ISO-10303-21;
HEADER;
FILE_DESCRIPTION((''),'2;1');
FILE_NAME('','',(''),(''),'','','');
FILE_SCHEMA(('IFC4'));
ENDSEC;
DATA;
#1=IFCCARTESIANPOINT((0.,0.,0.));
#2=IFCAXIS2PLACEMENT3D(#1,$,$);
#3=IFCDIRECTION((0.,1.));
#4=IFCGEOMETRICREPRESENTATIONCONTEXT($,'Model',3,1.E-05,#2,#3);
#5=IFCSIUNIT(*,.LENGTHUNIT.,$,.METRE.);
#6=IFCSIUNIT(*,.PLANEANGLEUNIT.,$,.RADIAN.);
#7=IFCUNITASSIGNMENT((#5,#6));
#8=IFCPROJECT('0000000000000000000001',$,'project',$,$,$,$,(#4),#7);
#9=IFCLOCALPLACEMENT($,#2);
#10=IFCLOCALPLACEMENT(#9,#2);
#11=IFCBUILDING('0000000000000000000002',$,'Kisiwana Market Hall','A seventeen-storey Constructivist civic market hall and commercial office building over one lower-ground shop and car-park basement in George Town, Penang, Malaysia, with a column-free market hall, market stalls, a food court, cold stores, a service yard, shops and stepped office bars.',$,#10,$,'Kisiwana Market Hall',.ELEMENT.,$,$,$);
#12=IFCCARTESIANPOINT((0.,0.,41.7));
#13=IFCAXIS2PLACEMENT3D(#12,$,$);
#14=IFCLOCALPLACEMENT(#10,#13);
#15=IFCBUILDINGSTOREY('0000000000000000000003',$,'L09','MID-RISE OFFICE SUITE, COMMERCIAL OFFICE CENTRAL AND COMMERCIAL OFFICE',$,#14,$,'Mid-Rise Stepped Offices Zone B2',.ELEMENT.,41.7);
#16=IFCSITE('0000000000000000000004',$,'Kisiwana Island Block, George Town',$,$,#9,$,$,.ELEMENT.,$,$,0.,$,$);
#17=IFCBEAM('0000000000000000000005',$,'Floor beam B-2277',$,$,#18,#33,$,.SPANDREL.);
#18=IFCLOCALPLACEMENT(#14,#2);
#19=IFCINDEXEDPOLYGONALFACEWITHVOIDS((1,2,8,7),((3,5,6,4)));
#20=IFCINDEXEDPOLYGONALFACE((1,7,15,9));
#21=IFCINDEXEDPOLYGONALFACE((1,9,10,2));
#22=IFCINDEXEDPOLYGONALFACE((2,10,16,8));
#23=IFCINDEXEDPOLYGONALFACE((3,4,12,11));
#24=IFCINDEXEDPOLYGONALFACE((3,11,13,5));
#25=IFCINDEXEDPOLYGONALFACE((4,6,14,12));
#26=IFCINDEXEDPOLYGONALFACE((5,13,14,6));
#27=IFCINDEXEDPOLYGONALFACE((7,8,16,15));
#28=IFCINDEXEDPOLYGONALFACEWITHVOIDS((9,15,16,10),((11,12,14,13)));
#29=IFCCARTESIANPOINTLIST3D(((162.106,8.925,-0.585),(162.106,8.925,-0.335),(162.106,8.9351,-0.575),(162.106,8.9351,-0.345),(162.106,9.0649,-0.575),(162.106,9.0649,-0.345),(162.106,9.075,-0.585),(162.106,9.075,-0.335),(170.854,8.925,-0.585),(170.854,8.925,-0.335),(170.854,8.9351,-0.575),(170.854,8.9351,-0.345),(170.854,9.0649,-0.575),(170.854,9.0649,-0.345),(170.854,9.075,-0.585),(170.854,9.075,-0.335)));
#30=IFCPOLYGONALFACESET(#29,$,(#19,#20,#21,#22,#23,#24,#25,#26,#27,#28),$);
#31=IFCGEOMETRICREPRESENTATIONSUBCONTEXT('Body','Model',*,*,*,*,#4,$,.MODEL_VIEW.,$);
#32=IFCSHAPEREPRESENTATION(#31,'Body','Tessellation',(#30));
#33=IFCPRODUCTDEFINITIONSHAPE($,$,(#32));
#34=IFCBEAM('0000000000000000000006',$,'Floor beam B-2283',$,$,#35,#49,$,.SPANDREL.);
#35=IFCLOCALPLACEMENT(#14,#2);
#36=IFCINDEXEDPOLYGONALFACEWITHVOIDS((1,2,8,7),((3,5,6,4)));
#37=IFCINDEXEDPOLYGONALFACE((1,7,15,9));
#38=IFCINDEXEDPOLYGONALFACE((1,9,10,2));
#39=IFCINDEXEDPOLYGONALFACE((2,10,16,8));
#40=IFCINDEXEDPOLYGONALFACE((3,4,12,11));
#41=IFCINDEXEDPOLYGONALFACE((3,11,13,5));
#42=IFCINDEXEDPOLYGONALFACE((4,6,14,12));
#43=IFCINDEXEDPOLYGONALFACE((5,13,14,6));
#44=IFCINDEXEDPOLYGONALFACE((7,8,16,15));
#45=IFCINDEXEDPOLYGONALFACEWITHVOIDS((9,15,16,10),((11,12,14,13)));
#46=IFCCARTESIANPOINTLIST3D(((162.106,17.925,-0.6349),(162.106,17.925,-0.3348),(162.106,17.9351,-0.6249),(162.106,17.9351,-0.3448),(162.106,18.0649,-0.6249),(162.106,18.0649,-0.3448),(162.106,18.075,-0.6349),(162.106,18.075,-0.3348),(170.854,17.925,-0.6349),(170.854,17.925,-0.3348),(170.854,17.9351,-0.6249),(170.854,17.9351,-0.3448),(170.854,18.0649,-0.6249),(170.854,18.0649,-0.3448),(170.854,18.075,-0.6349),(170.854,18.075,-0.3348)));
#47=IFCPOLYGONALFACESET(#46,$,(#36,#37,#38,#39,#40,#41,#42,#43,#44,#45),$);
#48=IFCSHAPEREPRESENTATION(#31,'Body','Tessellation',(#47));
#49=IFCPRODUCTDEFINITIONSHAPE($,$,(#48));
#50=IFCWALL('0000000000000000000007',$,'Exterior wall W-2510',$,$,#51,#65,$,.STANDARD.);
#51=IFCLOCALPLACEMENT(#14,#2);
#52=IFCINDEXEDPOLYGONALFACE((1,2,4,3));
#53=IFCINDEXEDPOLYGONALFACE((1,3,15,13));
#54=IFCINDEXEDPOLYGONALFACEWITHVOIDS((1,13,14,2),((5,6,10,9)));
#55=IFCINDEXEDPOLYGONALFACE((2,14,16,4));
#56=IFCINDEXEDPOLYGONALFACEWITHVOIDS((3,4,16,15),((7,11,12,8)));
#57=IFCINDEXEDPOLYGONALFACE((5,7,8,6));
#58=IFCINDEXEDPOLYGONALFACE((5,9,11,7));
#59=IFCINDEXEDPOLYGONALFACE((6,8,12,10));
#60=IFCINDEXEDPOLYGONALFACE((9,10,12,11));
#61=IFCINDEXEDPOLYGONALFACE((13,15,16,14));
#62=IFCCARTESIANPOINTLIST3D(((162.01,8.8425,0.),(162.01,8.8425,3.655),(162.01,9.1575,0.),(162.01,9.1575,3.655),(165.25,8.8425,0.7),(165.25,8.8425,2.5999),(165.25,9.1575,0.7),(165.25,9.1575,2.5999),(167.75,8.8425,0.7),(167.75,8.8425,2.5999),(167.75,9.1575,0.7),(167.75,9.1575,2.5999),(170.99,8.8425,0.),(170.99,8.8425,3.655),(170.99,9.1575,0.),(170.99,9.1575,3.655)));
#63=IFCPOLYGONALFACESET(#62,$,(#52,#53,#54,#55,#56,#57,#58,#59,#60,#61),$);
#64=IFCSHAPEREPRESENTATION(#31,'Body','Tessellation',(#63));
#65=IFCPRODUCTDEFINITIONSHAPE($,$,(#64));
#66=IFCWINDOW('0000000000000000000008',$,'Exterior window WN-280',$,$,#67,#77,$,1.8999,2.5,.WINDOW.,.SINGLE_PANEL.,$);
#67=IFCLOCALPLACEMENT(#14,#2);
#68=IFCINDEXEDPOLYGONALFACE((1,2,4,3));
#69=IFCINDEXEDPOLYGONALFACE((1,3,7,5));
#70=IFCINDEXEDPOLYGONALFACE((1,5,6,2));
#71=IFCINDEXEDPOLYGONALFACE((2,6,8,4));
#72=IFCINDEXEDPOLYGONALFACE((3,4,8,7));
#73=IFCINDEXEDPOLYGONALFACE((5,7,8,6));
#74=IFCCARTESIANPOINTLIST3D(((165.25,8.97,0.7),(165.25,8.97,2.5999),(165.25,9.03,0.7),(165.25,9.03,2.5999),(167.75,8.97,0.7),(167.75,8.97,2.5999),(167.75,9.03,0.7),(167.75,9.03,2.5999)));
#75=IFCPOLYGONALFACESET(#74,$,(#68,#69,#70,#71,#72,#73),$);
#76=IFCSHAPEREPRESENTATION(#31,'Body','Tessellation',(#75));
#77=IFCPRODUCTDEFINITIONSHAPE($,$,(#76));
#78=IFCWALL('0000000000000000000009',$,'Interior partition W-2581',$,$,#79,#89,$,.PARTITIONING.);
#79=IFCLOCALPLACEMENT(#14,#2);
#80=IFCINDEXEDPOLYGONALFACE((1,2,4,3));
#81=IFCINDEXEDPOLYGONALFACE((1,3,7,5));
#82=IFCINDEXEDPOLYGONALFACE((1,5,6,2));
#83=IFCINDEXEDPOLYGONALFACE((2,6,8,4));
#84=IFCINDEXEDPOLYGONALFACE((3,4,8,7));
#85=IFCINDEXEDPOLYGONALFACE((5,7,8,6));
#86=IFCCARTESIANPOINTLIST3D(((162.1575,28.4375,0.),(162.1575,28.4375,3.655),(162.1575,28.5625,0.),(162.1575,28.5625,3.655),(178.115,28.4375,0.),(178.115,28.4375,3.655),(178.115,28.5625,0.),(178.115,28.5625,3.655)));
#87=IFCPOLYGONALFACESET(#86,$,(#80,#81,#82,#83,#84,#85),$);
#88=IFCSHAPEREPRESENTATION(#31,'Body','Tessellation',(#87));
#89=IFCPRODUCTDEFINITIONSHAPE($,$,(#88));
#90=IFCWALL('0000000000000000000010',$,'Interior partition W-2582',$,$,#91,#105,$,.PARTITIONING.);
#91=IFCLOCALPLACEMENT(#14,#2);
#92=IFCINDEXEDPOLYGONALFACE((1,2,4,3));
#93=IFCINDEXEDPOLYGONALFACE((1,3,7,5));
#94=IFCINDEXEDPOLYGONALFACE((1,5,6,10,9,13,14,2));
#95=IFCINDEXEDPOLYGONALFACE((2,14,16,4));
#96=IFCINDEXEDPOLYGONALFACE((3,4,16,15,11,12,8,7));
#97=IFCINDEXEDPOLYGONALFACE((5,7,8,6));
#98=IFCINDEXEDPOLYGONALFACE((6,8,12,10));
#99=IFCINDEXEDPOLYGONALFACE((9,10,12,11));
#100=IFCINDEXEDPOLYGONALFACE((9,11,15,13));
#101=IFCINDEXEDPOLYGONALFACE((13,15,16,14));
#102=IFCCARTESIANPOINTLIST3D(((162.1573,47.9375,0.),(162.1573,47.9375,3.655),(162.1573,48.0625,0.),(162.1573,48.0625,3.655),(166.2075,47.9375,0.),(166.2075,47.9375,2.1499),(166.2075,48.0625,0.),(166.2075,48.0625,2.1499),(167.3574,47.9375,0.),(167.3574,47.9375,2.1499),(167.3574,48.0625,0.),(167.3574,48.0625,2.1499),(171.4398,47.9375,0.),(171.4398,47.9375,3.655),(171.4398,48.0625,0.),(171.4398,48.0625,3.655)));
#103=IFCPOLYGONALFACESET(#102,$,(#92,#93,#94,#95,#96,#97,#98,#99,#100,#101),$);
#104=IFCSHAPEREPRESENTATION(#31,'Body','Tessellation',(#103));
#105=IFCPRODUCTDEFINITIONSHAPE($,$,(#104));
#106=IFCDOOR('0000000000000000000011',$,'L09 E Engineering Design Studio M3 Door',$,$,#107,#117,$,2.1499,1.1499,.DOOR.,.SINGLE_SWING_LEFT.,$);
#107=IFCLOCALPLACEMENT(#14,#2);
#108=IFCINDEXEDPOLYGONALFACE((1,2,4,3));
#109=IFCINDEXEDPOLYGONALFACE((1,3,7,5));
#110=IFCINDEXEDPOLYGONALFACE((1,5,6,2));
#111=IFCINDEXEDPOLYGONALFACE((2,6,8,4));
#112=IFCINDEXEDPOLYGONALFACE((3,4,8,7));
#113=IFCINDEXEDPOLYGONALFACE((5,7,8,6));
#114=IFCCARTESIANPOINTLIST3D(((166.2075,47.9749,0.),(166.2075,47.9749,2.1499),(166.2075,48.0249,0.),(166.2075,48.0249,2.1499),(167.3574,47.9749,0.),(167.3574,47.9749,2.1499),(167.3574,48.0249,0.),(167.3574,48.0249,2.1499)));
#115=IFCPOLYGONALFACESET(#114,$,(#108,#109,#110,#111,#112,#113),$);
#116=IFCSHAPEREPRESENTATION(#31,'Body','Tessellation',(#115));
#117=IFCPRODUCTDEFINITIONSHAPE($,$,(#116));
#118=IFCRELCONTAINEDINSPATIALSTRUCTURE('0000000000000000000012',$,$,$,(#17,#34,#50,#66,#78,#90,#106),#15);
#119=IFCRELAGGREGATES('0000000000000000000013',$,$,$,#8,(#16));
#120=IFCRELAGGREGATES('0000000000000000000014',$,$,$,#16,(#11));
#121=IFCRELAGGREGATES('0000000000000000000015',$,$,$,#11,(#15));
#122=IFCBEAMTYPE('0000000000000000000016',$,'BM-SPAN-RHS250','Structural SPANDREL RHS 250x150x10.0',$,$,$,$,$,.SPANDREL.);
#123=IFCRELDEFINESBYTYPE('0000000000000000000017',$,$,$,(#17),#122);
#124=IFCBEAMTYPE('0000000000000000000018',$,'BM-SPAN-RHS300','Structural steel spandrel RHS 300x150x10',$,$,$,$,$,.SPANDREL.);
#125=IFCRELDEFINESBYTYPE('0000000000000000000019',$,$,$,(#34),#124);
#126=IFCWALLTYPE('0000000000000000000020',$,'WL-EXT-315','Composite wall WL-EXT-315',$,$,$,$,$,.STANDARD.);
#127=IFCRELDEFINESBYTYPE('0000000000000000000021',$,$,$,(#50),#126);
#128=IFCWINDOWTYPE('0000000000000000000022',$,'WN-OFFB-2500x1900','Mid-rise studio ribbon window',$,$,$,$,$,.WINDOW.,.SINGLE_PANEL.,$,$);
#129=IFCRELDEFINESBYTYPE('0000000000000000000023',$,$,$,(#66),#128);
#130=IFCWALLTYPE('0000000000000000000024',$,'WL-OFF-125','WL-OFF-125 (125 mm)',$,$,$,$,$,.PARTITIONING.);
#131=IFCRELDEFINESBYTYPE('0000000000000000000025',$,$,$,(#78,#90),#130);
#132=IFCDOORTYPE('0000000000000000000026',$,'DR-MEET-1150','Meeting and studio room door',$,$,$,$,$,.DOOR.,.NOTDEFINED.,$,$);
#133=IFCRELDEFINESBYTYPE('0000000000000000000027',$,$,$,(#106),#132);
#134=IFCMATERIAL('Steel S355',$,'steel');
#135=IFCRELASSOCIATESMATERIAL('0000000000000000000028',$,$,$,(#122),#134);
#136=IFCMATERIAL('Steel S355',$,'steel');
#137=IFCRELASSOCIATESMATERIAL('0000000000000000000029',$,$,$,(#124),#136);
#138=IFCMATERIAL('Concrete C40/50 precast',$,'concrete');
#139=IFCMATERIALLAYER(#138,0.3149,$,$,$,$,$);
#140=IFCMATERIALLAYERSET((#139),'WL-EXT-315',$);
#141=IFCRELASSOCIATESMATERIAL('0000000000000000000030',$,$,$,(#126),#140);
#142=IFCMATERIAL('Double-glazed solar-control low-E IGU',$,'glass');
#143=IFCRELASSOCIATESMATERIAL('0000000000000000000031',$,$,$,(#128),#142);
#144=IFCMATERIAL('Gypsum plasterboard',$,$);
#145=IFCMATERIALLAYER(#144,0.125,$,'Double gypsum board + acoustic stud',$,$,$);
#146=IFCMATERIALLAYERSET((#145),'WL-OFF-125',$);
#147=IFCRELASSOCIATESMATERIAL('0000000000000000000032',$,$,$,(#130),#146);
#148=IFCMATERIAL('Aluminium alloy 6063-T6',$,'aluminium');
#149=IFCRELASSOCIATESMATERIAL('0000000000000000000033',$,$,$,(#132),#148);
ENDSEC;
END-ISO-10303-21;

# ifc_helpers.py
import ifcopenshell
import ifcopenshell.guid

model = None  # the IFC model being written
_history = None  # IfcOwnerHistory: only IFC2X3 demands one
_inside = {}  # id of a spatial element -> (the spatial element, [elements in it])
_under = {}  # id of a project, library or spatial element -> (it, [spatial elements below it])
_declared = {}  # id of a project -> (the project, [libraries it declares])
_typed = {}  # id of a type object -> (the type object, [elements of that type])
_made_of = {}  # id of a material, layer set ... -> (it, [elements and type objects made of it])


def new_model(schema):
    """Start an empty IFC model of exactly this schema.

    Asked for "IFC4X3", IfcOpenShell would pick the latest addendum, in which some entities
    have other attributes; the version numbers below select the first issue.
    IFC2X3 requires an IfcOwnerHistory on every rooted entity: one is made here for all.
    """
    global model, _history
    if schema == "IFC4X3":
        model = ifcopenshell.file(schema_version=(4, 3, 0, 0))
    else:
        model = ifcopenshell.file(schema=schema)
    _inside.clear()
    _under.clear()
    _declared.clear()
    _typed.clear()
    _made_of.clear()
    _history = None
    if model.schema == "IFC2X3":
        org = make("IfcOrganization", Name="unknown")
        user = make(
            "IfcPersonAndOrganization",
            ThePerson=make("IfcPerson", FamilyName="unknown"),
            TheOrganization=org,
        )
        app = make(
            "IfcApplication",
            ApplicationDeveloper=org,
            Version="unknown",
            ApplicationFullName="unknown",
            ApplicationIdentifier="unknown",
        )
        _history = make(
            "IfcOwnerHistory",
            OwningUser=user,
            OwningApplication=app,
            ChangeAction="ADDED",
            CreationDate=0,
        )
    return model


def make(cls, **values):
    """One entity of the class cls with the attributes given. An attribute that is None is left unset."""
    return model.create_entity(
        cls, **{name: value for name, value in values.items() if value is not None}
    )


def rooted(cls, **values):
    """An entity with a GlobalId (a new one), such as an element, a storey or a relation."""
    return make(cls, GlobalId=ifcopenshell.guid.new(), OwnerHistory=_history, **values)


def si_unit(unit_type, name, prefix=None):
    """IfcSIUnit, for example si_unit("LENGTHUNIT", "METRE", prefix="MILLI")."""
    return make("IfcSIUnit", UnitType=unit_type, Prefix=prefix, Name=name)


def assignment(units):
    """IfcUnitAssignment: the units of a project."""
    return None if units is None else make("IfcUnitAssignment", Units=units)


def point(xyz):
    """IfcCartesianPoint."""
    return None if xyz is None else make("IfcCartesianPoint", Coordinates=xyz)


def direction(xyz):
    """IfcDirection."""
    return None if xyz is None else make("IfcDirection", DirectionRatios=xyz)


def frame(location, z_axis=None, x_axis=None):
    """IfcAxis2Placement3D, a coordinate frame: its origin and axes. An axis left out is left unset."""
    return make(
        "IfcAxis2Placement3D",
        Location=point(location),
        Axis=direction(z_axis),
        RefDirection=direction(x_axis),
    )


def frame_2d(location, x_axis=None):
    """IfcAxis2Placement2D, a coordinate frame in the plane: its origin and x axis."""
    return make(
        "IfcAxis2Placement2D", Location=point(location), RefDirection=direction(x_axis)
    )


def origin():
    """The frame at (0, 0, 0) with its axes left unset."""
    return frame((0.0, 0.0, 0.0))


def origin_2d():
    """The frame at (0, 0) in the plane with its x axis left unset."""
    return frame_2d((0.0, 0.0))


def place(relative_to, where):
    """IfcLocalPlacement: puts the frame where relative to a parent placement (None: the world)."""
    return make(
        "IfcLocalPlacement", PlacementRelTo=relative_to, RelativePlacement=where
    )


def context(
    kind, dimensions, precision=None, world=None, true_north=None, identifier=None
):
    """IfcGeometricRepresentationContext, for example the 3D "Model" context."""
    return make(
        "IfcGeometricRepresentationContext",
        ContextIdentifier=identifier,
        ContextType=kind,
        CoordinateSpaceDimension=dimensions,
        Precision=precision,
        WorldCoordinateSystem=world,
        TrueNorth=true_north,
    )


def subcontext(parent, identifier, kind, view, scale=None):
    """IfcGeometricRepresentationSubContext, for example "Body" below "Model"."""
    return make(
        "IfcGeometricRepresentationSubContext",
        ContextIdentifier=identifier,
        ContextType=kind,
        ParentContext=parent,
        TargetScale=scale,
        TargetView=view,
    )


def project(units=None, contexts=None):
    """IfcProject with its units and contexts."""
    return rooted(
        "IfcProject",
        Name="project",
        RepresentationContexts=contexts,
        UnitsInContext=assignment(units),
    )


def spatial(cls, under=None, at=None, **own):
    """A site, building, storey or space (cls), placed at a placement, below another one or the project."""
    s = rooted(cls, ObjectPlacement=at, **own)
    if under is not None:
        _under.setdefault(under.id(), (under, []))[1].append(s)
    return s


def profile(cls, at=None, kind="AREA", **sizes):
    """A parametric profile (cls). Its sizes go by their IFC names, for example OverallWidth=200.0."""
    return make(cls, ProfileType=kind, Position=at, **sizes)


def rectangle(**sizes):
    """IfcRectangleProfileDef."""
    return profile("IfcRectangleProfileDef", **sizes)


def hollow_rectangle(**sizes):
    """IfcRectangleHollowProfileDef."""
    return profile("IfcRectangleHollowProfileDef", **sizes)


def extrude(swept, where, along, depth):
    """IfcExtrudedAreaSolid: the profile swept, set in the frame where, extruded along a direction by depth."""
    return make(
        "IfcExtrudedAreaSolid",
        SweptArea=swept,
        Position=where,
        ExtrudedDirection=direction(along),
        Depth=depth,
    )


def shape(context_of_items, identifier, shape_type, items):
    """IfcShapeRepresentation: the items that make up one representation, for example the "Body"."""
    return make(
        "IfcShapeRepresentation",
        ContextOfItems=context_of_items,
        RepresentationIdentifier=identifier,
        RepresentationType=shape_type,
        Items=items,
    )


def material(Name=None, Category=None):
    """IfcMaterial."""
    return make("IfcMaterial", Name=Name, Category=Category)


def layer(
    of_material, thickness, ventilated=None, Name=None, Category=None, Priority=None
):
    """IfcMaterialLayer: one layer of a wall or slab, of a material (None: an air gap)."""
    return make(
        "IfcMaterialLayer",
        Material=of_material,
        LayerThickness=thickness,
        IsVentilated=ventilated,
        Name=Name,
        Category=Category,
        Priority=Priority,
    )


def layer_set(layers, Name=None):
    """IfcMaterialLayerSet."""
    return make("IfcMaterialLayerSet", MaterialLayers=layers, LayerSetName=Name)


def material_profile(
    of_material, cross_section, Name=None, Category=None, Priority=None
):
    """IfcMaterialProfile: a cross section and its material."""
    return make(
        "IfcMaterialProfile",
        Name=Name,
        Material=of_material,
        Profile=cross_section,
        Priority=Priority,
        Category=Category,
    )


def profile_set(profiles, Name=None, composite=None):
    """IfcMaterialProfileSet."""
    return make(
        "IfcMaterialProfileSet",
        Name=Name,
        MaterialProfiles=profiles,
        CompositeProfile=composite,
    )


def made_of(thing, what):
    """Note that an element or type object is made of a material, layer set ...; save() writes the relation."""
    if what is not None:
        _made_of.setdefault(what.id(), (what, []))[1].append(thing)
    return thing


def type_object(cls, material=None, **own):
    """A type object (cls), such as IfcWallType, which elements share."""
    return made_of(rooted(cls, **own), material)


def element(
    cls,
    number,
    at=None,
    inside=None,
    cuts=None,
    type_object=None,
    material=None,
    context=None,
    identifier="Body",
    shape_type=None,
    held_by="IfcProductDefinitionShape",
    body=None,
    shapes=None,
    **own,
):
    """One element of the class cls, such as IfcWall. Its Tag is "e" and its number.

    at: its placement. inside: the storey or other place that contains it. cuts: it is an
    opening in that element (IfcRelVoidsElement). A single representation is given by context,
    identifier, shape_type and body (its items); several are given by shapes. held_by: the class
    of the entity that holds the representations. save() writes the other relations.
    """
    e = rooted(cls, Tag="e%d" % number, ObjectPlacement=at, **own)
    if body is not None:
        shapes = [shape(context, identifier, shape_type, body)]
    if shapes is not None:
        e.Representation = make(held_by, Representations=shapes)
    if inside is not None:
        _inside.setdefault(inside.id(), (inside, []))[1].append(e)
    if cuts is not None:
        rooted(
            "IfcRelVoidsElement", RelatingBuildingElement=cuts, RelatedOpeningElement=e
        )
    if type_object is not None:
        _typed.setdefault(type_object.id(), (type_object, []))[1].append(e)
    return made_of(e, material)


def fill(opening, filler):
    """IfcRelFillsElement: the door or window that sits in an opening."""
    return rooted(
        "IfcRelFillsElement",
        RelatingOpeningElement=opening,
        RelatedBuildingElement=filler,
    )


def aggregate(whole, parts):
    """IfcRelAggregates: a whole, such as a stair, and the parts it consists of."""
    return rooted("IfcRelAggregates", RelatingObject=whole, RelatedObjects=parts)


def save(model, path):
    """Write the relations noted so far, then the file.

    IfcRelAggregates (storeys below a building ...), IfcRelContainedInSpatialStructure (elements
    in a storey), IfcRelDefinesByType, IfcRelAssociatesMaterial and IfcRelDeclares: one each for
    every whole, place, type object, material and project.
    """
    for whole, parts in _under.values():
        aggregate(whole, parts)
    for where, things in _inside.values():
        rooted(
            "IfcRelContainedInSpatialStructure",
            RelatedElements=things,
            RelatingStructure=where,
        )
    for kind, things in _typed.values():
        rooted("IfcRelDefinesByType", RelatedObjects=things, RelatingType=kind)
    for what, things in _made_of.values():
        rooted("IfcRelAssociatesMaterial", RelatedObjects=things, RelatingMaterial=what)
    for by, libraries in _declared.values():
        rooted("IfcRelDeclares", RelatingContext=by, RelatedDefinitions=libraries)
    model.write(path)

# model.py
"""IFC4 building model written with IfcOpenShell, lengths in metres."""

from ifc_helpers import new_model, si_unit, direction, frame, frame_2d, origin, origin_2d, place, context, subcontext, project, spatial, rectangle, hollow_rectangle, extrude, material, layer, layer_set, material_profile, profile_set, type_object, element, fill, save


model = new_model("IFC4")

# Units and contexts
model_context = context("Model", 3, precision=1e-05, world=origin(), true_north=direction((0.0, 1.0)))
body_context = subcontext(model_context, "Body", "Model", "MODEL_VIEW")
ifc_project = project(units=[si_unit("LENGTHUNIT", "METRE"), si_unit("PLANEANGLEUNIT", "RADIAN")], contexts=[model_context])

# Site, building, storey
site_placement = place(None, origin())
site = spatial("IfcSite", under=ifc_project, at=site_placement, Name="Kisiwana Island Block, George Town", CompositionType="ELEMENT", RefElevation=0.0)
building_placement = place(site_placement, origin())
building = spatial("IfcBuilding", under=site, at=building_placement, Name="Kisiwana Market Hall", Description="A seventeen-storey Constructivist civic market hall and commercial office building over one lower-ground shop and car-park basement in George Town, Penang, Malaysia, with a column-free market hall, market stalls, a food court, cold stores, a service yard, shops and stepped office bars.", LongName="Kisiwana Market Hall", CompositionType="ELEMENT")
storey_placement = place(building_placement, frame((0.0, 0.0, 41.7)))
storey = spatial("IfcBuildingStorey", under=building, at=storey_placement, Name="L09", Description="MID-RISE OFFICE SUITE, COMMERCIAL OFFICE CENTRAL AND COMMERCIAL OFFICE", LongName="Mid-Rise Stepped Offices Zone B2", CompositionType="ELEMENT", Elevation=41.7)

# Beams
ifc_material_1 = material(Name="Steel S355", Category="steel")
ifc_material_profile_1 = material_profile(ifc_material_1, hollow_rectangle(XDim=0.1499, YDim=0.25, WallThickness=0.01, at=origin_2d()), Name="RHS 250x150x10.0")
ifc_profile_set_1 = profile_set([ifc_material_profile_1], Name="Steel S355")
beam_type_1 = type_object("IfcBeamType", Name="BM-SPAN-RHS250", Description="Structural SPANDREL RHS 250x150x10.0", PredefinedType="SPANDREL", material=ifc_profile_set_1)
beam_1_placement = place(storey_placement, frame((162.106, 9.0, -0.46), z_axis=(1.0, 0.0, 0.0), x_axis=(0.0, 1.0, 0.0)))
element("IfcBeam", 1, at=beam_1_placement, inside=storey, type_object=beam_type_1, Name="Floor beam B-2277", PredefinedType="SPANDREL", context=body_context, shape_type="SweptSolid", body=[
    extrude(hollow_rectangle(XDim=0.1499, YDim=0.25, WallThickness=0.01, at=origin_2d()), origin(), (0.0, 0.0, 1.0), 8.748),
])
ifc_material_2 = material(Name="Steel S355", Category="steel")
ifc_material_profile_2 = material_profile(ifc_material_2, hollow_rectangle(XDim=0.1499, YDim=0.3, WallThickness=0.01, at=origin_2d()), Name="RHS 300x150x10")
ifc_profile_set_2 = profile_set([ifc_material_profile_2], Name="Steel S355")
beam_type_2 = type_object("IfcBeamType", Name="BM-SPAN-RHS300", Description="Structural steel spandrel RHS 300x150x10", PredefinedType="SPANDREL", material=ifc_profile_set_2)
beam_2_placement = place(storey_placement, frame((162.106, 18.0, -0.4849), z_axis=(1.0, 0.0, 0.0), x_axis=(0.0, 1.0, 0.0)))
element("IfcBeam", 2, at=beam_2_placement, inside=storey, type_object=beam_type_2, Name="Floor beam B-2283", PredefinedType="SPANDREL", context=body_context, shape_type="SweptSolid", body=[
    extrude(hollow_rectangle(XDim=0.1499, YDim=0.3, WallThickness=0.01, at=origin_2d()), origin(), (0.0, 0.0, 1.0), 8.748),
])

# Wall, opening, window
ifc_material_3 = material(Name="Concrete C40/50 precast", Category="concrete")
ifc_layer_1 = layer(ifc_material_3, 0.3149)
ifc_layer_set_1 = layer_set([ifc_layer_1], Name="WL-EXT-315")
wall_type_1 = type_object("IfcWallType", Name="WL-EXT-315", Description="Composite wall WL-EXT-315", PredefinedType="STANDARD", material=ifc_layer_set_1)
wall_1_placement = place(storey_placement, frame((162.01, 9.0, 0.0), z_axis=(0.0, 0.0, 1.0), x_axis=(1.0, 0.0, 0.0)))
wall_1 = element("IfcWall", 3, at=wall_1_placement, inside=storey, type_object=wall_type_1, Name="Exterior wall W-2510", PredefinedType="STANDARD", context=body_context, shape_type="SweptSolid", body=[
    extrude(rectangle(XDim=8.98, YDim=0.3149, at=frame_2d((4.49, 0.0))), origin(), (0.0, 0.0, 1.0), 3.655),
])
opening_1_placement = place(wall_1_placement, frame((3.24, 0.0, 0.7)))
opening_1 = element("IfcOpeningElement", 4, at=opening_1_placement, cuts=wall_1, PredefinedType="OPENING", context=body_context, shape_type="SweptSolid", body=[
    extrude(rectangle(XDim=2.5, YDim=1.8999, at=frame_2d((1.25, 0.95))), frame((0.0, 0.1694, 0.0), z_axis=(0.0, -1.0, 0.0), x_axis=(1.0, 0.0, 0.0)), (0.0, 0.0, 1.0), 0.3389),
])
ifc_material_4 = material(Name="Double-glazed solar-control low-E IGU", Category="glass")
window_type = type_object("IfcWindowType", Name="WN-OFFB-2500x1900", Description="Mid-rise studio ribbon window", PartitioningType="SINGLE_PANEL", PredefinedType="WINDOW", material=ifc_material_4)
window_placement = place(opening_1_placement, origin())
window = element("IfcWindow", 5, at=window_placement, inside=storey, type_object=window_type, Name="Exterior window WN-280", OverallHeight=1.8999, OverallWidth=2.5, PartitioningType="SINGLE_PANEL", PredefinedType="WINDOW", context=body_context, shape_type="SweptSolid", body=[
    extrude(rectangle(XDim=2.5, YDim=1.8999, at=frame_2d((1.25, 0.95))), frame((0.0, 0.03, 0.0), z_axis=(0.0, -1.0, 0.0), x_axis=(1.0, 0.0, 0.0)), (0.0, 0.0, 1.0), 0.0601),
])
fill(opening_1, window)

# Wall
ifc_material_5 = material(Name="Gypsum plasterboard")
ifc_layer_2 = layer(ifc_material_5, 0.125, Name="Double gypsum board + acoustic stud")
ifc_layer_set_2 = layer_set([ifc_layer_2], Name="WL-OFF-125")
wall_type_2 = type_object("IfcWallType", Name="WL-OFF-125", Description="WL-OFF-125 (125 mm)", PredefinedType="PARTITIONING", material=ifc_layer_set_2)
wall_2_placement = place(storey_placement, frame((162.1575, 28.5, 0.0), z_axis=(0.0, 0.0, 1.0), x_axis=(1.0, 0.0, 0.0)))
element("IfcWall", 6, at=wall_2_placement, inside=storey, type_object=wall_type_2, Name="Interior partition W-2581", PredefinedType="PARTITIONING", context=body_context, shape_type="SweptSolid", body=[
    extrude(rectangle(XDim=15.9575, YDim=0.125, at=frame_2d((7.9788, 0.0))), origin(), (0.0, 0.0, 1.0), 3.655),
])

# Wall, opening, door
wall_3_placement = place(storey_placement, frame((162.1575, 48.0, 0.0), z_axis=(0.0, 0.0, 1.0), x_axis=(1.0, 0.0, 0.0)))
wall_3 = element("IfcWall", 7, at=wall_3_placement, inside=storey, type_object=wall_type_2, Name="Interior partition W-2582", PredefinedType="PARTITIONING", context=body_context, shape_type="SweptSolid", body=[
    extrude(rectangle(XDim=9.2825, YDim=0.125, at=frame_2d((4.6411, 0.0))), origin(), (0.0, 0.0, 1.0), 3.655),
])
opening_2_placement = place(wall_3_placement, frame((4.05, 0.0, 0.0)))
opening_2 = element("IfcOpeningElement", 8, at=opening_2_placement, cuts=wall_3, PredefinedType="OPENING", context=body_context, shape_type="SweptSolid", body=[
    extrude(rectangle(XDim=1.1499, YDim=2.1499, at=frame_2d((0.575, 1.075))), frame((0.0, 0.0745, 0.0), z_axis=(0.0, -1.0, 0.0), x_axis=(1.0, 0.0, 0.0)), (0.0, 0.0, 1.0), 0.1489),
])
ifc_material_6 = material(Name="Aluminium alloy 6063-T6", Category="aluminium")
door_type = type_object("IfcDoorType", Name="DR-MEET-1150", Description="Meeting and studio room door", OperationType="NOTDEFINED", PredefinedType="DOOR", material=ifc_material_6)
door_placement = place(opening_2_placement, origin())
door = element("IfcDoor", 9, at=door_placement, inside=storey, type_object=door_type, Name="L09 E Engineering Design Studio M3 Door", OperationType="SINGLE_SWING_LEFT", OverallHeight=2.1499, OverallWidth=1.1499, PredefinedType="DOOR", context=body_context, shape_type="SweptSolid", body=[
    extrude(rectangle(XDim=1.1499, YDim=2.1499, at=frame_2d((0.575, 1.075))), frame((0.0, 0.0249, 0.0), z_axis=(0.0, -1.0, 0.0), x_axis=(1.0, 0.0, 0.0)), (0.0, 0.0, 1.0), 0.05),
])
fill(opening_2, door)

save(model, "model.ifc")
